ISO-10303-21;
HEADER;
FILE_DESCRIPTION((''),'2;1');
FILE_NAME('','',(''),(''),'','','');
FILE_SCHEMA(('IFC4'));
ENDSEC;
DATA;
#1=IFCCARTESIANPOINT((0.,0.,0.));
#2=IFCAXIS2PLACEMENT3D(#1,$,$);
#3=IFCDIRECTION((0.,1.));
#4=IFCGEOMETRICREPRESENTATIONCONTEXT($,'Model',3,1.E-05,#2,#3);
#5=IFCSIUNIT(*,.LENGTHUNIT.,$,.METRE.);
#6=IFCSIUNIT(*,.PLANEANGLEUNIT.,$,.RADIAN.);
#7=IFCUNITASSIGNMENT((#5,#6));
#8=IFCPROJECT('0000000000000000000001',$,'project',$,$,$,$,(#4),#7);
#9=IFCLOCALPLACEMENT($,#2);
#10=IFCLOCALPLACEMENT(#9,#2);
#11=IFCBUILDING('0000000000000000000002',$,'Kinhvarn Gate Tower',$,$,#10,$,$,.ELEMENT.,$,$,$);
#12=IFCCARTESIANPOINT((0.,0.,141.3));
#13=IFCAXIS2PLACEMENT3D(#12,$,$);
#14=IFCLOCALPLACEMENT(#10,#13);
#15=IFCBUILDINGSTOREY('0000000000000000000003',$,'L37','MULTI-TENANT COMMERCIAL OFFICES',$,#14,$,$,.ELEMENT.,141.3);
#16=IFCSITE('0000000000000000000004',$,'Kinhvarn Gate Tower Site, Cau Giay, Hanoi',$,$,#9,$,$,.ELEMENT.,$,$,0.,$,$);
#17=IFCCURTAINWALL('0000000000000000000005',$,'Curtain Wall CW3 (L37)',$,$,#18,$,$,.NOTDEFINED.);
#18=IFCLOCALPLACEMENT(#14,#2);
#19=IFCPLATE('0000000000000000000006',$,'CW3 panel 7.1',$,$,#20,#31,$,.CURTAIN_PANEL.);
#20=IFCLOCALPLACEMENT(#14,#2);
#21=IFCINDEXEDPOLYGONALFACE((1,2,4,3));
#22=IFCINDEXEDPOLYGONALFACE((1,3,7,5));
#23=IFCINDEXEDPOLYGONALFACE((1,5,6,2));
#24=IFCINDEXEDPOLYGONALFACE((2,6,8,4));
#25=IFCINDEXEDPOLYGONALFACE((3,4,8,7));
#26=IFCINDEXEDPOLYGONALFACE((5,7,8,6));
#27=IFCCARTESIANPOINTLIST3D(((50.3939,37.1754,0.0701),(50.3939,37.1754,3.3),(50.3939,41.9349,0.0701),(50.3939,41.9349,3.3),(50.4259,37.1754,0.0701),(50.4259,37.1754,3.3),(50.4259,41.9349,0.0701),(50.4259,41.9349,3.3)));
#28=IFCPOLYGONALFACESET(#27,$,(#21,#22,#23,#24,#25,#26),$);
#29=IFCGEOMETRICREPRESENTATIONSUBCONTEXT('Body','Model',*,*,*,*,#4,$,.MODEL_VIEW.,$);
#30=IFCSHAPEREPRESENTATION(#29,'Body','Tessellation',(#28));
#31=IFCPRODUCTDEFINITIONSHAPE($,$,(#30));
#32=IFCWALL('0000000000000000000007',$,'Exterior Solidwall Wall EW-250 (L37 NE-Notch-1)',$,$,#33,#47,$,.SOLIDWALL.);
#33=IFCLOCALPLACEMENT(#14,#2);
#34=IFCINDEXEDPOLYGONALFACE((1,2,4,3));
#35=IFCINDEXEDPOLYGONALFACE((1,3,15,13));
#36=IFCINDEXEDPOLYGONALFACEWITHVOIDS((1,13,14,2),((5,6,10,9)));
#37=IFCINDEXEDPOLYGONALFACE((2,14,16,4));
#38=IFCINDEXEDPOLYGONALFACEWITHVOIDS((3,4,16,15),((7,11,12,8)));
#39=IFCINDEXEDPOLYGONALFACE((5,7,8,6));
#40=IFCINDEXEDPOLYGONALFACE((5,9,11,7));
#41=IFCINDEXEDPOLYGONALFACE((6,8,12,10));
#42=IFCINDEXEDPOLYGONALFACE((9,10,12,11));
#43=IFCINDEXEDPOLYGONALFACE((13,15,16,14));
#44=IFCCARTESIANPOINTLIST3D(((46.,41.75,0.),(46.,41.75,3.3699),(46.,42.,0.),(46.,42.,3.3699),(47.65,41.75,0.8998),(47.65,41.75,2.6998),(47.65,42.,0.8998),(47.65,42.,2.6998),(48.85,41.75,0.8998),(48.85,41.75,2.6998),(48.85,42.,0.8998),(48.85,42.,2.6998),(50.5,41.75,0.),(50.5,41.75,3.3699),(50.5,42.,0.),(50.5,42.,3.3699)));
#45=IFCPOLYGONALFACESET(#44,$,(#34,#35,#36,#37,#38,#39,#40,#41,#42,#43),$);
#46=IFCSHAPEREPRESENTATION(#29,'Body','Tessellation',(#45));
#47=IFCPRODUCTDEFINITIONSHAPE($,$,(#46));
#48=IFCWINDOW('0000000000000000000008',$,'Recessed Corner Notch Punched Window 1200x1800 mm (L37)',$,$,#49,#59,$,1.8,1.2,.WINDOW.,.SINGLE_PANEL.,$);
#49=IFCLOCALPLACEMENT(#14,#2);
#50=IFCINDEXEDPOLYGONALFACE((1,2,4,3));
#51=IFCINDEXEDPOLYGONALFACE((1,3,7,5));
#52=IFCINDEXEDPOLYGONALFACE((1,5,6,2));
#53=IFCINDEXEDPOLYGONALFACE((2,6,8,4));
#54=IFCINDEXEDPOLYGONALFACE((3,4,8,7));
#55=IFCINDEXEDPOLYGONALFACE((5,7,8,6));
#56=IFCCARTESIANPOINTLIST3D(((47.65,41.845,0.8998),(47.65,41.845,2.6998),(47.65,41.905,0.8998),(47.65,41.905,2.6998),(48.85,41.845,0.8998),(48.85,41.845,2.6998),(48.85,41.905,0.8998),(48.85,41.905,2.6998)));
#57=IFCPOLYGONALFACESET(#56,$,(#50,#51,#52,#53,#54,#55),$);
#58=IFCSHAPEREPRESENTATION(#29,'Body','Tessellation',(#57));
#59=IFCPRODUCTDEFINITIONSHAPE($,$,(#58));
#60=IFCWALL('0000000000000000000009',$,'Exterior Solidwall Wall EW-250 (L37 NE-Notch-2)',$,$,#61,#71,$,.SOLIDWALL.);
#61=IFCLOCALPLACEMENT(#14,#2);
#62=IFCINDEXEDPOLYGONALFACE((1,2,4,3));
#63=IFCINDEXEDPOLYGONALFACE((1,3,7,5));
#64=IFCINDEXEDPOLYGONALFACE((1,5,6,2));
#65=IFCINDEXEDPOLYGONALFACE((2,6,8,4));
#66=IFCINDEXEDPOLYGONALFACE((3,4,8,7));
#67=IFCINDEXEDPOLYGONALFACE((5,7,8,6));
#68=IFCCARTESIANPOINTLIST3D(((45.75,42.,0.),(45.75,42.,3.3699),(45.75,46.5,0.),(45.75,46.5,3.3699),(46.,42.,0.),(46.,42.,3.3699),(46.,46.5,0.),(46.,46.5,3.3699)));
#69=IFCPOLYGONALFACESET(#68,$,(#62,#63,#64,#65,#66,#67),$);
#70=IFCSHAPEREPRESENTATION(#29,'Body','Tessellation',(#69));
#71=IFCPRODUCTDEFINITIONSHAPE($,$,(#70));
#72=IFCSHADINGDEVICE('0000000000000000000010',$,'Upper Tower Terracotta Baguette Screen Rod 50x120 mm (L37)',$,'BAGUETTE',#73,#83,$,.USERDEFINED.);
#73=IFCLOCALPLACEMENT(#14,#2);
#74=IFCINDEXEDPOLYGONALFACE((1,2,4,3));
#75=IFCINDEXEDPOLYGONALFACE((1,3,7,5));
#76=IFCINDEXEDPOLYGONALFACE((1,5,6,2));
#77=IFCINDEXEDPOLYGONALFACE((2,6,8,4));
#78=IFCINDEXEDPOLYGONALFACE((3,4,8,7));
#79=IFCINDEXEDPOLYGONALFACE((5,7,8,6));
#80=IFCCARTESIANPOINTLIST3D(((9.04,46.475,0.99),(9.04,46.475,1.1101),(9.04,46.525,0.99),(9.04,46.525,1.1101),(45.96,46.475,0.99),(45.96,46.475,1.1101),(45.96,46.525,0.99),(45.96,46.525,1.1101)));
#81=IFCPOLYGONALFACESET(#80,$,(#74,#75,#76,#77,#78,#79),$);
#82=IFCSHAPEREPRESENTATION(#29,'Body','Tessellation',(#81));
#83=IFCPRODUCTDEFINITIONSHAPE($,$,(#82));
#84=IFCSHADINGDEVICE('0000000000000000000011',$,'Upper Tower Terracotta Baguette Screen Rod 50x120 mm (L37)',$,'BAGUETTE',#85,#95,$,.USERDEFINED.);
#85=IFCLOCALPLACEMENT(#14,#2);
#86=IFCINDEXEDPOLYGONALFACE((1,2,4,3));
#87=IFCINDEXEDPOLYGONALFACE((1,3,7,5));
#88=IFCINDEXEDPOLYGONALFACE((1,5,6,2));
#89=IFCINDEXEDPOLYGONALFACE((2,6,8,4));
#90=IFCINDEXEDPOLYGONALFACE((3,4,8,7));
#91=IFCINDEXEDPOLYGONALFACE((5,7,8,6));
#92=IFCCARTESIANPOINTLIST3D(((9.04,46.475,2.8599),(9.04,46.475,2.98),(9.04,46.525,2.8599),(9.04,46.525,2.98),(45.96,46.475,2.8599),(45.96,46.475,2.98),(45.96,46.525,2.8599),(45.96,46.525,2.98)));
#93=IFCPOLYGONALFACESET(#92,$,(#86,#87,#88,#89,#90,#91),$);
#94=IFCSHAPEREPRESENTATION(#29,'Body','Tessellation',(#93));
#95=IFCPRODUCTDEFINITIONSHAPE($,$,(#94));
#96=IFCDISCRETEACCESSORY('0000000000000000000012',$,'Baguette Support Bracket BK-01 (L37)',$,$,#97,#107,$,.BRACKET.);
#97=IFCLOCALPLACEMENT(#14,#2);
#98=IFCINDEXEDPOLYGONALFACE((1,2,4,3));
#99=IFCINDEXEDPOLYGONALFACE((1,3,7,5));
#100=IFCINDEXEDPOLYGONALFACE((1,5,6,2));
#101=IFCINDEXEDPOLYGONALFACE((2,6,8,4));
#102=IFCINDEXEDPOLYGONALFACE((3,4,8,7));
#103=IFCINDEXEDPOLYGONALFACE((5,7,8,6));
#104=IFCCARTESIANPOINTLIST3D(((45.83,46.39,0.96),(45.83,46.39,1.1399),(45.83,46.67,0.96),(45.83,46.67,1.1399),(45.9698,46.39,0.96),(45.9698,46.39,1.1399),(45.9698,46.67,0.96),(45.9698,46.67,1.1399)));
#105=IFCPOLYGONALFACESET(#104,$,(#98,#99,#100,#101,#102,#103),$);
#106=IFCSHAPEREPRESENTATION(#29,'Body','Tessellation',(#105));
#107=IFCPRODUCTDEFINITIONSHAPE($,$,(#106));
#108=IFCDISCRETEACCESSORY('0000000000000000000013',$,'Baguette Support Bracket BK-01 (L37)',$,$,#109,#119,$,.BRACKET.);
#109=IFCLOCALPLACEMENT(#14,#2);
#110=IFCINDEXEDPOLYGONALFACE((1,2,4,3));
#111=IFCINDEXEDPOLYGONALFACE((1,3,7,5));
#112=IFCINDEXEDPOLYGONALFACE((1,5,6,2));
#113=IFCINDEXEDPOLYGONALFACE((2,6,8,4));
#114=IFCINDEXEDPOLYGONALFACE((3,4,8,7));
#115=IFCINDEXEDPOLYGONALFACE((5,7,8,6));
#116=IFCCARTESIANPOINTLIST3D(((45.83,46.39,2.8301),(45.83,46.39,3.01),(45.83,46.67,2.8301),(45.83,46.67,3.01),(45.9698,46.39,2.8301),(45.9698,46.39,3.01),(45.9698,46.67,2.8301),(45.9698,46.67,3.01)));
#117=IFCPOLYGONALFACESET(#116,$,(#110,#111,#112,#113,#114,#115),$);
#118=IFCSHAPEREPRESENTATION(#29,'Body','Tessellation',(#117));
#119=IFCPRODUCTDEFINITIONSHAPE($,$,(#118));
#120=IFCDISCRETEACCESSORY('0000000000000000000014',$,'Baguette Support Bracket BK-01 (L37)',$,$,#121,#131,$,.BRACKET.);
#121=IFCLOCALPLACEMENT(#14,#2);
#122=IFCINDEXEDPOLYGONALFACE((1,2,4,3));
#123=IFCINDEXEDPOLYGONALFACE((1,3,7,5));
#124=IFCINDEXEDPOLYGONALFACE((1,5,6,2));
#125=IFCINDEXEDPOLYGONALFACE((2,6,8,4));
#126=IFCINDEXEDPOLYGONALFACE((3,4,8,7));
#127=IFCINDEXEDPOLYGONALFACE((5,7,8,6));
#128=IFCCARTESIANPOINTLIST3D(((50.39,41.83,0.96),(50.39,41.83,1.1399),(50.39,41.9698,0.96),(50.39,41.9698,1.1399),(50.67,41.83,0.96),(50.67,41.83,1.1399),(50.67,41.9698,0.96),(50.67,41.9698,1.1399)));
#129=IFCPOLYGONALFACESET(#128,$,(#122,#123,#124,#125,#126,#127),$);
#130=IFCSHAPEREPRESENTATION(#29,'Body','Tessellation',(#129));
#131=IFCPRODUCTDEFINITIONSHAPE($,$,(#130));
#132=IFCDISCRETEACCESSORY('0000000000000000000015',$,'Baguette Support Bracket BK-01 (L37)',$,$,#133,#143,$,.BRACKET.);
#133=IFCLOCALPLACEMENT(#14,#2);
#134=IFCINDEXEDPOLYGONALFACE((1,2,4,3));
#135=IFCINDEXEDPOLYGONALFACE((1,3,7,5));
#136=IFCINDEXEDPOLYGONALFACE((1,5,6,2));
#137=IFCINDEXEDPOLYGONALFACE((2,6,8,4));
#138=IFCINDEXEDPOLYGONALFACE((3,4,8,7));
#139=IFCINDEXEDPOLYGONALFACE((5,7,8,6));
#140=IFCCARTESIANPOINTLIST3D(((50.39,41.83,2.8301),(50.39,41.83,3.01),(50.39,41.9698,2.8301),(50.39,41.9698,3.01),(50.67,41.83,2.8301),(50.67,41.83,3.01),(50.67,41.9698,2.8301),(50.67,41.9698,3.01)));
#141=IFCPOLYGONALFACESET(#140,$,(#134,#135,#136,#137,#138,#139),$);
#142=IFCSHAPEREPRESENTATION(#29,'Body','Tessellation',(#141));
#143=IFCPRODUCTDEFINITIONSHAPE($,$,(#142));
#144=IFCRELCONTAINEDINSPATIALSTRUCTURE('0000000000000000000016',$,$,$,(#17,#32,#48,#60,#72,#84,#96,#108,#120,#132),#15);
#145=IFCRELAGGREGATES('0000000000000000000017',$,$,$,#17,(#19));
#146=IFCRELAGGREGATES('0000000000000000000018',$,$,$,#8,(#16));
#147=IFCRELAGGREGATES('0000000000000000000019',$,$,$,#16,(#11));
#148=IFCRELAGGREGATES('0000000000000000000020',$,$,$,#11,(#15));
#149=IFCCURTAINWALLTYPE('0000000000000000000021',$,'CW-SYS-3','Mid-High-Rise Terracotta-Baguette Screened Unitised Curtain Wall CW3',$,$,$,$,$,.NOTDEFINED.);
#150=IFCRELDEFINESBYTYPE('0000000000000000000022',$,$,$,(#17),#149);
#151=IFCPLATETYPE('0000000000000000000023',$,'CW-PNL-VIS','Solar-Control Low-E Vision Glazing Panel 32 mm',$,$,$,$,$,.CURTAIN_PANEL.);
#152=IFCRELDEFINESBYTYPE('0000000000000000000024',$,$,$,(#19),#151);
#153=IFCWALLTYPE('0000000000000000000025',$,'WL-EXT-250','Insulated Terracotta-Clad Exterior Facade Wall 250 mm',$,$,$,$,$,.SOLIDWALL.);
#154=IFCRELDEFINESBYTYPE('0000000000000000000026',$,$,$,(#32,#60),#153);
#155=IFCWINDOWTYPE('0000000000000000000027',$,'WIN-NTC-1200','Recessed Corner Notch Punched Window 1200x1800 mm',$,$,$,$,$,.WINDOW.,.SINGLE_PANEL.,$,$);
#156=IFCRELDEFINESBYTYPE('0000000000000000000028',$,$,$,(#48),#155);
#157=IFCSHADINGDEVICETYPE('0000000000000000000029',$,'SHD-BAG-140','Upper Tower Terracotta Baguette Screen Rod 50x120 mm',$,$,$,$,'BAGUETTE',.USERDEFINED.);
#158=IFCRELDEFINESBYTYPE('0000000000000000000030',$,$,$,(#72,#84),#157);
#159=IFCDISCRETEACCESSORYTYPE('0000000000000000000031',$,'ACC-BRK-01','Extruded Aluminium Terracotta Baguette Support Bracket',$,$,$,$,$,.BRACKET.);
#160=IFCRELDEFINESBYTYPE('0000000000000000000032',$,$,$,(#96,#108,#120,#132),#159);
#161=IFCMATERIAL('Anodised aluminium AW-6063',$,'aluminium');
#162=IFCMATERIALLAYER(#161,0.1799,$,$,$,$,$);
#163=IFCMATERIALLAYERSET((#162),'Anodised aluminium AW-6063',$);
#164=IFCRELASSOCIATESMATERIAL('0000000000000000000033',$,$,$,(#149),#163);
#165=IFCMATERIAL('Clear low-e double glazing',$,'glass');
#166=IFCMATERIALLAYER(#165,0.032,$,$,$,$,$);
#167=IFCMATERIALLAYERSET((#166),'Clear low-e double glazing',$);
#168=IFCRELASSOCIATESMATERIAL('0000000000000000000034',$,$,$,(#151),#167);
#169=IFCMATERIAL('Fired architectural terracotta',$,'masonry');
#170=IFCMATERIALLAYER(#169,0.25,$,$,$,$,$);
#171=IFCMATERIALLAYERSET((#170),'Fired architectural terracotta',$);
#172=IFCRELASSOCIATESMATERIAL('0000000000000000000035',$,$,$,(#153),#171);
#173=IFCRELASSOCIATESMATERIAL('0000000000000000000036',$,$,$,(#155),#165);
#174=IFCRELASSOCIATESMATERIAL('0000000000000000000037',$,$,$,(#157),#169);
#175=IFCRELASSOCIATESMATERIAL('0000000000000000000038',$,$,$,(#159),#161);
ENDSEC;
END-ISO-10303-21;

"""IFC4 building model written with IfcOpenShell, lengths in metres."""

from ifc_helpers import new_model, si_unit, direction, frame, frame_2d, origin, origin_2d, place, context, subcontext, project, spatial, rectangle, extrude, material, layer, layer_set, material_profile, profile_set, type_object, element, fill, aggregate, save


model = new_model("IFC4")

# Units and contexts
model_context = context("Model", 3, precision=1e-05, world=origin(), true_north=direction((0.0, 1.0)))
body_context = subcontext(model_context, "Body", "Model", "MODEL_VIEW")
ifc_project = project(units=[si_unit("LENGTHUNIT", "METRE"), si_unit("PLANEANGLEUNIT", "RADIAN")], contexts=[model_context])

# Site, building, storey
site_placement = place(None, origin())
site = spatial("IfcSite", under=ifc_project, at=site_placement, Name="Kinhvarn Gate Tower Site, Cau Giay, Hanoi", CompositionType="ELEMENT", RefElevation=0.0)
building_placement = place(site_placement, origin())
building = spatial("IfcBuilding", under=site, at=building_placement, Name="Kinhvarn Gate Tower", CompositionType="ELEMENT")
storey_placement = place(building_placement, frame((0.0, 0.0, 141.3)))
storey = spatial("IfcBuildingStorey", under=building, at=storey_placement, Name="L37", Description="MULTI-TENANT COMMERCIAL OFFICES", CompositionType="ELEMENT", Elevation=141.3)

# Curtain wall
ifc_material_1 = material(Name="Anodised aluminium AW-6063", Category="aluminium")
ifc_layer_1 = layer(ifc_material_1, 0.1799)
ifc_layer_set_1 = layer_set([ifc_layer_1], Name="Anodised aluminium AW-6063")
curtain_wall_type = type_object("IfcCurtainWallType", Name="CW-SYS-3", Description="Mid-High-Rise Terracotta-Baguette Screened Unitised Curtain Wall CW3", PredefinedType="NOTDEFINED", material=ifc_layer_set_1)
curtain_wall_1_placement = place(storey_placement, origin())
curtain_wall_1 = element("IfcCurtainWall", 1, at=curtain_wall_1_placement, inside=storey, type_object=curtain_wall_type, Name="Curtain Wall CW3 (L37)", PredefinedType="NOTDEFINED")

# Plate
ifc_material_2 = material(Name="Clear low-e double glazing", Category="glass")
ifc_layer_2 = layer(ifc_material_2, 0.032)
ifc_layer_set_2 = layer_set([ifc_layer_2], Name="Clear low-e double glazing")
plate_type = type_object("IfcPlateType", Name="CW-PNL-VIS", Description="Solar-Control Low-E Vision Glazing Panel 32 mm", PredefinedType="CURTAIN_PANEL", material=ifc_layer_set_2)
plate_1_placement = place(storey_placement, frame((50.4099, 39.5552, 0.0701), z_axis=(0.0, 0.0, 1.0), x_axis=(0.0, 1.0, 0.0)))
plate_1 = element("IfcPlate", 2, at=plate_1_placement, type_object=plate_type, Name="CW3 panel 7.1", PredefinedType="CURTAIN_PANEL", context=body_context, shape_type="SweptSolid", body=[
    extrude(rectangle(XDim=4.7595, YDim=0.032, at=origin_2d()), origin(), (0.0, 0.0, 1.0), 3.23),
])
aggregate(curtain_wall_1, [plate_1])

# Wall, opening, window
ifc_material_3 = material(Name="Fired architectural terracotta", Category="masonry")
ifc_layer_3 = layer(ifc_material_3, 0.25)
ifc_layer_set_3 = layer_set([ifc_layer_3], Name="Fired architectural terracotta")
wall_type = type_object("IfcWallType", Name="WL-EXT-250", Description="Insulated Terracotta-Clad Exterior Facade Wall 250 mm", PredefinedType="SOLIDWALL", material=ifc_layer_set_3)
wall_1_placement = place(storey_placement, frame((50.5, 41.875, 0.0), z_axis=(0.0, 0.0, 1.0), x_axis=(-1.0, 0.0, 0.0)))
wall_1 = element("IfcWall", 3, at=wall_1_placement, inside=storey, type_object=wall_type, Name="Exterior Solidwall Wall EW-250 (L37 NE-Notch-1)", PredefinedType="SOLIDWALL", context=body_context, shape_type="SweptSolid", body=[
    extrude(rectangle(XDim=4.5, YDim=0.25, at=frame_2d((2.25, 0.0))), origin(), (0.0, 0.0, 1.0), 3.3699),
])
opening_placement = place(wall_1_placement, frame((1.6499, 0.0, 0.8999)))
opening = element("IfcOpeningElement", 4, at=opening_placement, cuts=wall_1, PredefinedType="OPENING", context=body_context, shape_type="SweptSolid", body=[
    extrude(rectangle(XDim=1.2, YDim=1.8, at=frame_2d((0.6001, 0.8999))), frame((0.0, 0.135, 0.0), z_axis=(0.0, -1.0, 0.0), x_axis=(1.0, 0.0, 0.0)), (0.0, 0.0, 1.0), 0.27),
])
window_type = type_object("IfcWindowType", Name="WIN-NTC-1200", Description="Recessed Corner Notch Punched Window 1200x1800 mm", PartitioningType="SINGLE_PANEL", PredefinedType="WINDOW", material=ifc_material_2)
window_placement = place(opening_placement, origin())
window = element("IfcWindow", 5, at=window_placement, inside=storey, type_object=window_type, Name="Recessed Corner Notch Punched Window 1200x1800 mm (L37)", OverallHeight=1.8, OverallWidth=1.2, PartitioningType="SINGLE_PANEL", PredefinedType="WINDOW", context=body_context, shape_type="SweptSolid", body=[
    extrude(rectangle(XDim=1.2, YDim=1.8, at=frame_2d((0.6001, 0.8999))), frame((0.0, 0.03, 0.0), z_axis=(0.0, -1.0, 0.0), x_axis=(1.0, 0.0, 0.0)), (0.0, 0.0, 1.0), 0.0601),
])
fill(opening, window)

# Wall
wall_2_placement = place(storey_placement, frame((45.875, 42.0, 0.0), z_axis=(0.0, 0.0, 1.0), x_axis=(0.0, 1.0, 0.0)))
element("IfcWall", 6, at=wall_2_placement, inside=storey, type_object=wall_type, Name="Exterior Solidwall Wall EW-250 (L37 NE-Notch-2)", PredefinedType="SOLIDWALL", context=body_context, shape_type="SweptSolid", body=[
    extrude(rectangle(XDim=4.5, YDim=0.25, at=frame_2d((2.25, 0.0))), origin(), (0.0, 0.0, 1.0), 3.3699),
])

# Shading devices
ifc_material_profile_1 = material_profile(ifc_material_3, rectangle(XDim=0.05, YDim=0.1201, at=origin_2d()), Name="TC 50x120")
ifc_profile_set_1 = profile_set([ifc_material_profile_1], Name="Fired architectural terracotta")
shading_device_type = type_object("IfcShadingDeviceType", Name="SHD-BAG-140", Description="Upper Tower Terracotta Baguette Screen Rod 50x120 mm", ElementType="BAGUETTE", PredefinedType="USERDEFINED", material=ifc_profile_set_1)
for number, where, z_axis, x_axis, name in (
    (7, (45.96, 46.5, 1.05), (-1.0, 0.0, 0.0), (0.0, -1.0, 0.0), "Upper Tower Terracotta Baguette Screen Rod 50x120 mm (L37)"),
    (8, (45.96, 46.5, 2.9199), (-1.0, 0.0, 0.0), (0.0, -1.0, 0.0), "Upper Tower Terracotta Baguette Screen Rod 50x120 mm (L37)"),
):
    element("IfcShadingDevice", number, at=place(storey_placement, frame(where, z_axis=z_axis, x_axis=x_axis)), inside=storey, type_object=shading_device_type, Name=name, ObjectType="BAGUETTE", PredefinedType="USERDEFINED", context=body_context, shape_type="SweptSolid", body=[
        extrude(rectangle(XDim=0.05, YDim=0.1201, at=origin_2d()), origin(), (0.0, 0.0, 1.0), 36.9199),
    ])

# Discrete accessories
discrete_accessory_type = type_object("IfcDiscreteAccessoryType", Name="ACC-BRK-01", Description="Extruded Aluminium Terracotta Baguette Support Bracket", PredefinedType="BRACKET", material=ifc_material_1)
for number, where, z_axis, x_axis, name in (
    (9, (45.8999, 46.53, 0.96), (0.0, 0.0, 1.0), (-1.0, 0.0, 0.0), "Baguette Support Bracket BK-01 (L37)"),
    (10, (45.8999, 46.53, 2.8301), (0.0, 0.0, 1.0), (-1.0, 0.0, 0.0), "Baguette Support Bracket BK-01 (L37)"),
    (11, (50.53, 41.8999, 0.96), (0.0, 0.0, 1.0), (0.0, 1.0, 0.0), "Baguette Support Bracket BK-01 (L37)"),
    (12, (50.53, 41.8999, 2.8301), (0.0, 0.0, 1.0), (0.0, 1.0, 0.0), "Baguette Support Bracket BK-01 (L37)"),
):
    element("IfcDiscreteAccessory", number, at=place(storey_placement, frame(where, z_axis=z_axis, x_axis=x_axis)), inside=storey, type_object=discrete_accessory_type, Name=name, PredefinedType="BRACKET", context=body_context, shape_type="SweptSolid", body=[
        extrude(rectangle(XDim=0.1399, YDim=0.28, at=origin_2d()), origin(), (0.0, 0.0, 1.0), 0.1799),
    ])

save(model, "model.ifc")
